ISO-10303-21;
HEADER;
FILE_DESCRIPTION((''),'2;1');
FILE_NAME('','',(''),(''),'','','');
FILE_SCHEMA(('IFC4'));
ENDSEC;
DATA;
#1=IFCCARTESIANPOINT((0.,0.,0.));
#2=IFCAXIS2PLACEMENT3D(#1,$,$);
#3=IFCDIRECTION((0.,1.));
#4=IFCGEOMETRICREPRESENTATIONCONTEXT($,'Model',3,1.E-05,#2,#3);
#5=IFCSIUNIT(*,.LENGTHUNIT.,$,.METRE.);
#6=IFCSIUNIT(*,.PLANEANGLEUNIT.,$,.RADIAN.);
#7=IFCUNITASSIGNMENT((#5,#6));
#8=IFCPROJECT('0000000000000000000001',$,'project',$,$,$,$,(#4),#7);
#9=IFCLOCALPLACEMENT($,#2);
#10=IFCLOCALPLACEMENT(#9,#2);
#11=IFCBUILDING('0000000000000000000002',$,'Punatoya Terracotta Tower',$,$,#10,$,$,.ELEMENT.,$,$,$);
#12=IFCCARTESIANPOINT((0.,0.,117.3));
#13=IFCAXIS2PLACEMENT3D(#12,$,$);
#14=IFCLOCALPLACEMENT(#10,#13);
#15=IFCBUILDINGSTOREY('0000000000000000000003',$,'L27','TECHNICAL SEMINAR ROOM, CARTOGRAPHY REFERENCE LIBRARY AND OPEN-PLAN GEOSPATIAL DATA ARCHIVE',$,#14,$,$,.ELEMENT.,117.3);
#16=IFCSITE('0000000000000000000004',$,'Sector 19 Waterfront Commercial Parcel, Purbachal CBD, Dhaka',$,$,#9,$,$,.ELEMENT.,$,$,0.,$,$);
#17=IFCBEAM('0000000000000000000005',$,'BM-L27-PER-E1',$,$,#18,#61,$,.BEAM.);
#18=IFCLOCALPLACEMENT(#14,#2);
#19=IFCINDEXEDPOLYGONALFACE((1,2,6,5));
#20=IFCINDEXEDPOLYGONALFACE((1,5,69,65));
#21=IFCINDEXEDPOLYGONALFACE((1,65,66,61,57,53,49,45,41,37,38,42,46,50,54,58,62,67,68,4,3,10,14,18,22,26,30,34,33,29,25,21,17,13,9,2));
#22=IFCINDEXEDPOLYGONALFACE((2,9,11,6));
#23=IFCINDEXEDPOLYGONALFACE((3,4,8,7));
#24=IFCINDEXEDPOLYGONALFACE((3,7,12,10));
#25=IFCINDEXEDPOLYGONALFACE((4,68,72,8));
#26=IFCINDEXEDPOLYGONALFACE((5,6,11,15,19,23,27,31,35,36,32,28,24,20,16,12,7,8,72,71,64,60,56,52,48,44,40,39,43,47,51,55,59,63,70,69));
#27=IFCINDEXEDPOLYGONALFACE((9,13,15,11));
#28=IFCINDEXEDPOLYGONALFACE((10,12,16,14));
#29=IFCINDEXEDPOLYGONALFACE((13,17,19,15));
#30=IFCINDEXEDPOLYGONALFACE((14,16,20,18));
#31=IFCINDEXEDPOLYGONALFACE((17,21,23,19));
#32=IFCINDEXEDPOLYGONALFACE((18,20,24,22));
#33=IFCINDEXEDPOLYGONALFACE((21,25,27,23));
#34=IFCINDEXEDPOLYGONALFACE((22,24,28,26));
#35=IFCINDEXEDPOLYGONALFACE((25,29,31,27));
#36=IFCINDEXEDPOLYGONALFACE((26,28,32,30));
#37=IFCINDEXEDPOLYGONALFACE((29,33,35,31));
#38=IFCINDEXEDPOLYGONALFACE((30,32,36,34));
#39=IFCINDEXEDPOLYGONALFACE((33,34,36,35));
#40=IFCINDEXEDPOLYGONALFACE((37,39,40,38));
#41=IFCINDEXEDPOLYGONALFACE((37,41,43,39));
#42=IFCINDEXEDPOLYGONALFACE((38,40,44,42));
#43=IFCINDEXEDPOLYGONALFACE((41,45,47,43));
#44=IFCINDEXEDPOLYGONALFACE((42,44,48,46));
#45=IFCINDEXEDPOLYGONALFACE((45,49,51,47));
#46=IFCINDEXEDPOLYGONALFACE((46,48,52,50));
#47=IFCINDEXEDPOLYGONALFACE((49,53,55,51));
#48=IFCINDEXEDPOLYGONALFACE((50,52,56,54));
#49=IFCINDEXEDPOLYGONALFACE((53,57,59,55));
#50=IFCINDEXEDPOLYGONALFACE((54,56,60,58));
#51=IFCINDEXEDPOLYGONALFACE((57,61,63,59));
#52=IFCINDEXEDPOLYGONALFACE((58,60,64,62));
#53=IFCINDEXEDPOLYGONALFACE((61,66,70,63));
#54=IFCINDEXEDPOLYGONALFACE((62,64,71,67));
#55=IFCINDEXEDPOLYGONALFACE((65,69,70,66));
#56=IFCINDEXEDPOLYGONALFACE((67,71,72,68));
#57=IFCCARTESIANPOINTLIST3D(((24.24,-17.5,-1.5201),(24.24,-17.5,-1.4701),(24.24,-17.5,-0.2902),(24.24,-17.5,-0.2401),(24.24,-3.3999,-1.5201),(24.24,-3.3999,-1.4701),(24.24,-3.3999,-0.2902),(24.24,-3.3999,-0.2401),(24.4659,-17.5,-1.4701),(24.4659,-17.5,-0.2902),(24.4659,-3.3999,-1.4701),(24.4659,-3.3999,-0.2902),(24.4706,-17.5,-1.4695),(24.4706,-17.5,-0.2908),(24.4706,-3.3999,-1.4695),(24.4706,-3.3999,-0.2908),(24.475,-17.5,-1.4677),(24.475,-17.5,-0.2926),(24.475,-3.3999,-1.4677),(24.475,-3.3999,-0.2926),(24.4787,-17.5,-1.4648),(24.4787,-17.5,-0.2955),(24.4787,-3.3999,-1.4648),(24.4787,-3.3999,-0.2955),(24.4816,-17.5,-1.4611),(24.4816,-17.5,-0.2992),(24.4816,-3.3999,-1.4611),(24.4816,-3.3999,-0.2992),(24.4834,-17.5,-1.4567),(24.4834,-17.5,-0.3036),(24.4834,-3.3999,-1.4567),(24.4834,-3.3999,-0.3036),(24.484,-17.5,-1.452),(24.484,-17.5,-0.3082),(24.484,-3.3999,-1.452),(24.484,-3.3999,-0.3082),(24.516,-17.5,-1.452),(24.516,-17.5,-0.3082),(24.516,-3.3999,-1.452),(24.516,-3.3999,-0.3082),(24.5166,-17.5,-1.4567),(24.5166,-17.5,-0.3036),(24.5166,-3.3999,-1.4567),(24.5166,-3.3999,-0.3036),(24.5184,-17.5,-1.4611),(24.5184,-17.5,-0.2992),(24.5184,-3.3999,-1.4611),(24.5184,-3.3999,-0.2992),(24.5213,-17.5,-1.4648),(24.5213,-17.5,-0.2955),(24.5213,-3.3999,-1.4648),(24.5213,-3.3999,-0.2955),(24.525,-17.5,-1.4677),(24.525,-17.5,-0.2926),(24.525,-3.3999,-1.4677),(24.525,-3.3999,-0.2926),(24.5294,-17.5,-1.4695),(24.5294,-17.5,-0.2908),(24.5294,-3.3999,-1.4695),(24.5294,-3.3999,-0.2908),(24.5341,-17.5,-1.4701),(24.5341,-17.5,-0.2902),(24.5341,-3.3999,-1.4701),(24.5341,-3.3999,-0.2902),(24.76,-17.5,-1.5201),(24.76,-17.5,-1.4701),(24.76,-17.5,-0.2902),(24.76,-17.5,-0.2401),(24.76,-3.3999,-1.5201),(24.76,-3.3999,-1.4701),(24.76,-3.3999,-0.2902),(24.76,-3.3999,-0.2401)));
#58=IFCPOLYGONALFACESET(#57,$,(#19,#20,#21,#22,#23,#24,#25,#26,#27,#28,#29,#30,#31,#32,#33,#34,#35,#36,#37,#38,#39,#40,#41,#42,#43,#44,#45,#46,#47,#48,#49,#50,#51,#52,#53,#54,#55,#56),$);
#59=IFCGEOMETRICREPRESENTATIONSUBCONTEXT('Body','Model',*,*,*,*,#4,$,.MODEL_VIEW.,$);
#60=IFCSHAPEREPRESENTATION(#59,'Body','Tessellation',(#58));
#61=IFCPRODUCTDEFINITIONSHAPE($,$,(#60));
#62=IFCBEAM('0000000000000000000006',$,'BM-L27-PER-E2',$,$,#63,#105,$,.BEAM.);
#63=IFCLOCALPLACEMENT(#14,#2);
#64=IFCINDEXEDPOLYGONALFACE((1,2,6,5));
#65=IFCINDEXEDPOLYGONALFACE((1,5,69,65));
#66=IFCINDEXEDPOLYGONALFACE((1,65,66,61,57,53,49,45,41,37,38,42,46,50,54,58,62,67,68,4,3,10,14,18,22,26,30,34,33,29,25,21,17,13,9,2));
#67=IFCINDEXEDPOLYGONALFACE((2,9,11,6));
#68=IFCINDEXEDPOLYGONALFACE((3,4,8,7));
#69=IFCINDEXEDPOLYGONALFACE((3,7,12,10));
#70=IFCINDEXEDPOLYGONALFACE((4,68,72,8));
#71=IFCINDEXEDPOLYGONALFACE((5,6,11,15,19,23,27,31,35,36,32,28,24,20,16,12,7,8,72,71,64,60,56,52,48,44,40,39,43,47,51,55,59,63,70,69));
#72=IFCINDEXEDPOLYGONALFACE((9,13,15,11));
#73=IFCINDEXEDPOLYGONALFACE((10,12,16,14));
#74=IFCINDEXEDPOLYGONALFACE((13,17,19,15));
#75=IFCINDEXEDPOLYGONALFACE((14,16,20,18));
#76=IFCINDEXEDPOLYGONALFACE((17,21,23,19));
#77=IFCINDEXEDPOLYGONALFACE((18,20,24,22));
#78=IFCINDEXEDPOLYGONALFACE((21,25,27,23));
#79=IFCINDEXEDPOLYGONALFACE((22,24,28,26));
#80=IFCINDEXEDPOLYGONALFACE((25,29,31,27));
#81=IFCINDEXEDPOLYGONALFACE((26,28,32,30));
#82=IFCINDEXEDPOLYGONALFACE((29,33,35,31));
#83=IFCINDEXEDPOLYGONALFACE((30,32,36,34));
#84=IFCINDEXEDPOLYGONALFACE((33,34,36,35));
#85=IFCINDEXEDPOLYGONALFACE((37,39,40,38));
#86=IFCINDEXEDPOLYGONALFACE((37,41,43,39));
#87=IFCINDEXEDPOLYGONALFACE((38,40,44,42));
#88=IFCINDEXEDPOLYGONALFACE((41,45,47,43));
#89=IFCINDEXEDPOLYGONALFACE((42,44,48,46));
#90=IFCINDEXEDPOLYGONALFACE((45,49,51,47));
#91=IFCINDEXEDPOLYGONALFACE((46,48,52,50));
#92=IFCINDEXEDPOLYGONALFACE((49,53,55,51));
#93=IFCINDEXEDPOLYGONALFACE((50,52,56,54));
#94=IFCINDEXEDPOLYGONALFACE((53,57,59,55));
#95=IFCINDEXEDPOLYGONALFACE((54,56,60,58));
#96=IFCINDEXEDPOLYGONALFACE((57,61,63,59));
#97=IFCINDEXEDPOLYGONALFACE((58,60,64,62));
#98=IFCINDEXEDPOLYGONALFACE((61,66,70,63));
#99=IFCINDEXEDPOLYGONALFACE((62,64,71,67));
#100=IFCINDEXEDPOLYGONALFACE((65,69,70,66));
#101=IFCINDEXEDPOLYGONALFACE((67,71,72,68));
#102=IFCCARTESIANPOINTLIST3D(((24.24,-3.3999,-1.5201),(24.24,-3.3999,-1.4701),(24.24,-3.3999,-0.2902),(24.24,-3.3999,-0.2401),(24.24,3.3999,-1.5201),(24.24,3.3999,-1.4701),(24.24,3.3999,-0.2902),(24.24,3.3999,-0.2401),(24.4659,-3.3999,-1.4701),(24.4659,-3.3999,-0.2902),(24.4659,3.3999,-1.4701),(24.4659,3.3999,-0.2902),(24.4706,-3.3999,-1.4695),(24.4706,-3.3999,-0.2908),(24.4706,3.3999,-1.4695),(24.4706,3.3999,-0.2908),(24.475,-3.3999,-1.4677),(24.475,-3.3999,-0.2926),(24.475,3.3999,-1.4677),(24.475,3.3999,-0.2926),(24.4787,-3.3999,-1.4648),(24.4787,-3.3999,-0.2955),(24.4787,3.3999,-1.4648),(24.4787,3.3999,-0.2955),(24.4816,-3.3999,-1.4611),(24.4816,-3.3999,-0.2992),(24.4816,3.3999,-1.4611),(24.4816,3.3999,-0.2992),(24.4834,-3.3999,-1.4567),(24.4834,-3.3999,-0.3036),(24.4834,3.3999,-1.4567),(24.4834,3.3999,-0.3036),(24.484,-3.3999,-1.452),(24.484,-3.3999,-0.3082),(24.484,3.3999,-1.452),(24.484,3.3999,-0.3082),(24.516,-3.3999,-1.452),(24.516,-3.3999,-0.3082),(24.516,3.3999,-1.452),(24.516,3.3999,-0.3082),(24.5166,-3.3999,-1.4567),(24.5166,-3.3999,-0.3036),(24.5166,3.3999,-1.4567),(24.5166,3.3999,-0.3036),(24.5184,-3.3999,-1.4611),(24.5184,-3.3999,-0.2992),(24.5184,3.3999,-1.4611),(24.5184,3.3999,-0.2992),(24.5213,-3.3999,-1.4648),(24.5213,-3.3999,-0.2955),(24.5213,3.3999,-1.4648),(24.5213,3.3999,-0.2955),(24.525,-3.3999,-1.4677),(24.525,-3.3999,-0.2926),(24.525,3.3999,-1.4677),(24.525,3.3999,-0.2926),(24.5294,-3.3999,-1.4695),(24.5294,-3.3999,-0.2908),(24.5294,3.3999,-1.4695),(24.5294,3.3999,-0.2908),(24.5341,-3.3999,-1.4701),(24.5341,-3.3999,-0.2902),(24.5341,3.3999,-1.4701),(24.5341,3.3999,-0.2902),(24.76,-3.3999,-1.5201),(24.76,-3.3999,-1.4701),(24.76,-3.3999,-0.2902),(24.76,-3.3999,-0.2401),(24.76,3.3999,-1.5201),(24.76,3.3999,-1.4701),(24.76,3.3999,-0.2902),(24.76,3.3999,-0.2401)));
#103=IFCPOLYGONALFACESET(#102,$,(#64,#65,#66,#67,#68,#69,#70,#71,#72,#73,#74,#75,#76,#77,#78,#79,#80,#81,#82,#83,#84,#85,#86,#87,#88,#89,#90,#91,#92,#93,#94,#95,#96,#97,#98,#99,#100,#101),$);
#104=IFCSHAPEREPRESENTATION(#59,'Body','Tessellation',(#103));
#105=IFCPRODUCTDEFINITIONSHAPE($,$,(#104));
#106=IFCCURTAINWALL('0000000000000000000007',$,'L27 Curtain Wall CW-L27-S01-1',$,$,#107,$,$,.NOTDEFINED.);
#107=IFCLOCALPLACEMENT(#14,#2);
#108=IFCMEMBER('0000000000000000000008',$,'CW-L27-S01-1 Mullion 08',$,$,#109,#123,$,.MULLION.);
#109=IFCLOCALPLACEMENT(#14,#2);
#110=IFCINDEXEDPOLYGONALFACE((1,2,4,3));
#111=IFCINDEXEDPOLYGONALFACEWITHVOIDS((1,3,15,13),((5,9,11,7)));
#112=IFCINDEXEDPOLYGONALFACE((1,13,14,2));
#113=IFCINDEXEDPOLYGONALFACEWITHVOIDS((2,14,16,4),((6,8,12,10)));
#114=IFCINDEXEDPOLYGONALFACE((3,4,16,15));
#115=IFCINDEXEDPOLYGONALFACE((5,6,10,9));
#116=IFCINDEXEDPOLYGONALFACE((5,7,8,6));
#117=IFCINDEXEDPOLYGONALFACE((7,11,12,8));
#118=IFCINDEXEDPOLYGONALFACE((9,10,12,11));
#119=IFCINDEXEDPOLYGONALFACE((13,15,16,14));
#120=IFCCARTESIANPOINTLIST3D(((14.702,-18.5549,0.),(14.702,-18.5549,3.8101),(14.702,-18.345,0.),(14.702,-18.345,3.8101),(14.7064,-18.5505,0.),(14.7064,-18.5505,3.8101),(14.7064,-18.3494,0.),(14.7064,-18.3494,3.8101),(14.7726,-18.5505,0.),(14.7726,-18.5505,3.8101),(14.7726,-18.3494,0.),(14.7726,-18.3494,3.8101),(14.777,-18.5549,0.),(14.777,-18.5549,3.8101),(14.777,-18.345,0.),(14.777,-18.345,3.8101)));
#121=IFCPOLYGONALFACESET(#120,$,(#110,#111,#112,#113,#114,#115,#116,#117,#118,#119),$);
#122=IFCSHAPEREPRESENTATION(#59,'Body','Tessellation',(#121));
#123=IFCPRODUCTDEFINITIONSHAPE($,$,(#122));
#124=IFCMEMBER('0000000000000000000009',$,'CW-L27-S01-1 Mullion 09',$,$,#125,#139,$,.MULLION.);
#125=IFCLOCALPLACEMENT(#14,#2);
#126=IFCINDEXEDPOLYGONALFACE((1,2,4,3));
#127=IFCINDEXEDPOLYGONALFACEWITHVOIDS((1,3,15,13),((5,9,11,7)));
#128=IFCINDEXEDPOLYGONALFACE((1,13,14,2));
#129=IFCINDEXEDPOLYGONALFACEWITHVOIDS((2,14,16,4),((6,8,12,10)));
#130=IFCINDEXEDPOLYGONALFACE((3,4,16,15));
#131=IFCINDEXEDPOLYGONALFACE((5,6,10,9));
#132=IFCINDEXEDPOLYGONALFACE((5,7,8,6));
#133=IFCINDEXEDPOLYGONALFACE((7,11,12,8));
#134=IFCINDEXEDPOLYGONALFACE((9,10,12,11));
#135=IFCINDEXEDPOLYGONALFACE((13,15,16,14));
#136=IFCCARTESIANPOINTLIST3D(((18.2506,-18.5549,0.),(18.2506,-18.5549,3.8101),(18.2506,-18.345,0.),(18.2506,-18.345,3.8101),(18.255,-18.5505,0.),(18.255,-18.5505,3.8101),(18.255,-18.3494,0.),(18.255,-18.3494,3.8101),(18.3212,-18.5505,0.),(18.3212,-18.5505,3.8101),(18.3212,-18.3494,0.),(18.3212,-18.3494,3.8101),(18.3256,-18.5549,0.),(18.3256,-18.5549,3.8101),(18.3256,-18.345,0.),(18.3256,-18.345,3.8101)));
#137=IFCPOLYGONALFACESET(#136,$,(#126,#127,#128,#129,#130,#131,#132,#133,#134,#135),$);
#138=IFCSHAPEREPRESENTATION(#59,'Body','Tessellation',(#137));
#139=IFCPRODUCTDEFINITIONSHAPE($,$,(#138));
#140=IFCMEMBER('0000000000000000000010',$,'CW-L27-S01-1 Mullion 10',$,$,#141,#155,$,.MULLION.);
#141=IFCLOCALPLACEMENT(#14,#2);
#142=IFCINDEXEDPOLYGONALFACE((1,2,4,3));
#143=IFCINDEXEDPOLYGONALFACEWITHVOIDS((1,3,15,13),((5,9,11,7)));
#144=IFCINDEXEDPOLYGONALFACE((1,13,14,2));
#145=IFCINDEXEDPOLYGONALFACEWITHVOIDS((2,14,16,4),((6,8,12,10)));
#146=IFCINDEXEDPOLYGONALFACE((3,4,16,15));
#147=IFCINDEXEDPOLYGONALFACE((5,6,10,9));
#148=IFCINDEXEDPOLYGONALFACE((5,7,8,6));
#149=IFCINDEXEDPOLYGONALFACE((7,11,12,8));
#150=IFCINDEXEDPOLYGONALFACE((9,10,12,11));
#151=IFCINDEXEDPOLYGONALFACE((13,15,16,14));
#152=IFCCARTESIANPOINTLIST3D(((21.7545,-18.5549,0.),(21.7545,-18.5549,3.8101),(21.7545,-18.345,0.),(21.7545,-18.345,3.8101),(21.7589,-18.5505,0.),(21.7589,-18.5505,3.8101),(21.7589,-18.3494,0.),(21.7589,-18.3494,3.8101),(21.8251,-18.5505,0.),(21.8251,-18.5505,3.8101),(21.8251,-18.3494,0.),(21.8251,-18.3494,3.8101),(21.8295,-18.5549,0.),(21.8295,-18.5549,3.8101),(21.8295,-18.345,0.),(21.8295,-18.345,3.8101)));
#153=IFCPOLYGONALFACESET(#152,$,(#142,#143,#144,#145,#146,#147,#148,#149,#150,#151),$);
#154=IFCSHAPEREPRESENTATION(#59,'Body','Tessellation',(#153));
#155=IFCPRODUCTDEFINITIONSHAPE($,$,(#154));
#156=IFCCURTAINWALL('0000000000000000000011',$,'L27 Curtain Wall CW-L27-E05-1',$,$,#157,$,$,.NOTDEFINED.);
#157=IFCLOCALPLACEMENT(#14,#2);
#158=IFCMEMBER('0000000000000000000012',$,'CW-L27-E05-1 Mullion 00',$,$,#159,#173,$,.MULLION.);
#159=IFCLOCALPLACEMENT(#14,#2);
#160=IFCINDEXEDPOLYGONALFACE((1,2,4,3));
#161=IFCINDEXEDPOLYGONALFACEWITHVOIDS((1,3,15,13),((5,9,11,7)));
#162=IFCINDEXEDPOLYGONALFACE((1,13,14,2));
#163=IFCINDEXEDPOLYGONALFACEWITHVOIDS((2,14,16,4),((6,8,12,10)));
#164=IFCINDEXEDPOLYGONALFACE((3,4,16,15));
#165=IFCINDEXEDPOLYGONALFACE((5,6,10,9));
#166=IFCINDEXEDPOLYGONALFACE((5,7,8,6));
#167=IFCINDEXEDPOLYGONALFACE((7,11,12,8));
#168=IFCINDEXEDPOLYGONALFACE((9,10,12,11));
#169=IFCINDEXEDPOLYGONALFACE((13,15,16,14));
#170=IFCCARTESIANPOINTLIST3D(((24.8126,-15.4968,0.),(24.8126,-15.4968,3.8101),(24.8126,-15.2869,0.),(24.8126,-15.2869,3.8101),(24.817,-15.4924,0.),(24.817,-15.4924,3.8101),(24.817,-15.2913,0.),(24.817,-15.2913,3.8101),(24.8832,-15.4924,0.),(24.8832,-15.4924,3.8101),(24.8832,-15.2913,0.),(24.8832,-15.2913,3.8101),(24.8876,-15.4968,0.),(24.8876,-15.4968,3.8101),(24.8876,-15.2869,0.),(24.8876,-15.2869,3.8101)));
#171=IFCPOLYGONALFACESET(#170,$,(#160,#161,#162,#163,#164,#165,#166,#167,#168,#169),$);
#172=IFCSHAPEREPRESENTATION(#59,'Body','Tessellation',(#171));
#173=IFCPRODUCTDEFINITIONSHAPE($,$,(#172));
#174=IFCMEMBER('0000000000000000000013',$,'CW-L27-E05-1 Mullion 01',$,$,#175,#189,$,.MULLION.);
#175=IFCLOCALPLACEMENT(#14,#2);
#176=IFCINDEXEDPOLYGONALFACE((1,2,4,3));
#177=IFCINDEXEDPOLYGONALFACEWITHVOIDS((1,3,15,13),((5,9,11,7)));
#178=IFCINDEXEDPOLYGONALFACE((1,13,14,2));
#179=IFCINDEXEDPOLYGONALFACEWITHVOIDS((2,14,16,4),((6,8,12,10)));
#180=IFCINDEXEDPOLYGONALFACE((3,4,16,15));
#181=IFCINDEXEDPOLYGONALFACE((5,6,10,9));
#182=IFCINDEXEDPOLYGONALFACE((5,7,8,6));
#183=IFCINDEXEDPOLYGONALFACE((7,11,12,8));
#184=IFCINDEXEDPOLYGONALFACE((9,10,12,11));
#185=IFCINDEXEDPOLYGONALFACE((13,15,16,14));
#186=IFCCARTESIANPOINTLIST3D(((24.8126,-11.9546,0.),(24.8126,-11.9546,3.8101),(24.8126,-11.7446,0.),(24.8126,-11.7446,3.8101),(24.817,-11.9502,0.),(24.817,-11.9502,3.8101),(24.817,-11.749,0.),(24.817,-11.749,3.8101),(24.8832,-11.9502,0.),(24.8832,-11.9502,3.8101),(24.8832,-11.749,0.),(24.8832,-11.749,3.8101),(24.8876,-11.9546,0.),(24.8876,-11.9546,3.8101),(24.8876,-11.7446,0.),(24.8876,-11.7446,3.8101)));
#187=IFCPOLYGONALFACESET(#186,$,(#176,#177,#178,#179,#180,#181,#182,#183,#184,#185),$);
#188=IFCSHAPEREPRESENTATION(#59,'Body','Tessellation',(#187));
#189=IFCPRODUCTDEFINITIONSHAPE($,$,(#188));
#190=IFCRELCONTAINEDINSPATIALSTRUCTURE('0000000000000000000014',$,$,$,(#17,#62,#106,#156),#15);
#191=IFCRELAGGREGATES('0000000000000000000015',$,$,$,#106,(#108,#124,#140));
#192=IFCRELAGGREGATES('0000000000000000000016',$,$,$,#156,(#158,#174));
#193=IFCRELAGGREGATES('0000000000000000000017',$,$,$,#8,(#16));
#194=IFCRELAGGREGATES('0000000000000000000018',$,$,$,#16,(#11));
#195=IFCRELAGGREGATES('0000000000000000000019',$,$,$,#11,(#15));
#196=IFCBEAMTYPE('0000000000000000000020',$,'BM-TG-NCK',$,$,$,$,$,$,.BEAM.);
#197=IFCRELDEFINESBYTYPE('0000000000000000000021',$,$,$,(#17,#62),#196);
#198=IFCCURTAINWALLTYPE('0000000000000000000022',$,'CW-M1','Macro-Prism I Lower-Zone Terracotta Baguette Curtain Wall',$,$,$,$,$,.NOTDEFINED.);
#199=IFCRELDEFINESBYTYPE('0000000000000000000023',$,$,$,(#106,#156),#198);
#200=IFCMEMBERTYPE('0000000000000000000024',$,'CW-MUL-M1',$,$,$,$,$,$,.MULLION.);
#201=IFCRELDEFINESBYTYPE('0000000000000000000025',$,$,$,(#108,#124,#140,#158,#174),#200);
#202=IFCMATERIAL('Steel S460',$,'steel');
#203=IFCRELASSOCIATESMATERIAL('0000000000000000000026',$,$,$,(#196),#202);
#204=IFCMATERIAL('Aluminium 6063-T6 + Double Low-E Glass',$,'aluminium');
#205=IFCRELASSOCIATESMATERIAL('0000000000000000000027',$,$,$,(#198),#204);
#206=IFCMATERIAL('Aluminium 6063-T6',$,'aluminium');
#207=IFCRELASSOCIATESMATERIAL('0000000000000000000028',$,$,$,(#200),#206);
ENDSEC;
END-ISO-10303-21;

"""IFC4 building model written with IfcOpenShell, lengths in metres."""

from ifc_helpers import new_model, si_unit, direction, frame, origin, origin_2d, place, context, subcontext, project, spatial, hollow_rectangle, i_section, extrude, material, material_profile, profile_set, type_object, element, aggregate, save


model = new_model("IFC4")

# Units and contexts
model_context = context("Model", 3, precision=1e-05, world=origin(), true_north=direction((0.0, 1.0)))
body_context = subcontext(model_context, "Body", "Model", "MODEL_VIEW")
ifc_project = project(units=[si_unit("LENGTHUNIT", "METRE"), si_unit("PLANEANGLEUNIT", "RADIAN")], contexts=[model_context])

# Site, building, storey
site_placement = place(None, origin())
site = spatial("IfcSite", under=ifc_project, at=site_placement, Name="Sector 19 Waterfront Commercial Parcel, Purbachal CBD, Dhaka", CompositionType="ELEMENT", RefElevation=0.0)
building_placement = place(site_placement, origin())
building = spatial("IfcBuilding", under=site, at=building_placement, Name="Punatoya Terracotta Tower", CompositionType="ELEMENT")
storey_placement = place(building_placement, frame((0.0, 0.0, 117.3)))
storey = spatial("IfcBuildingStorey", under=building, at=storey_placement, Name="L27", Description="TECHNICAL SEMINAR ROOM, CARTOGRAPHY REFERENCE LIBRARY AND OPEN-PLAN GEOSPATIAL DATA ARCHIVE", CompositionType="ELEMENT", Elevation=117.3)

# Shared definitions
ifc_material_1 = material(Name="Steel S460", Category="steel")

# Beams
ifc_material_profile_1 = material_profile(ifc_material_1, i_section(OverallWidth=0.52, OverallDepth=1.28, WebThickness=0.032, FlangeThickness=0.05, FilletRadius=0.0181, at=origin_2d()))
ifc_profile_set_1 = profile_set([ifc_material_profile_1], Name="Steel S460")
beam_type_1 = type_object("IfcBeamType", Name="BM-TG-NCK", PredefinedType="BEAM", material=ifc_profile_set_1)
beam_1_placement = place(storey_placement, frame((24.5, -17.5, -0.8801), z_axis=(0.0, 1.0, 0.0), x_axis=(-1.0, 0.0, 0.0)))
element("IfcBeam", 1, at=beam_1_placement, inside=storey, type_object=beam_type_1, Name="BM-L27-PER-E1", PredefinedType="BEAM", context=body_context, shape_type="SweptSolid", body=[
    extrude(i_section(OverallWidth=0.52, OverallDepth=1.28, WebThickness=0.032, FlangeThickness=0.05, FilletRadius=0.0181, at=origin_2d()), origin(), (0.0, 0.0, 1.0), 14.1001),
])
beam_2_placement = place(storey_placement, frame((24.5, -3.3999, -0.8801), z_axis=(0.0, 1.0, 0.0), x_axis=(-1.0, 0.0, 0.0)))
element("IfcBeam", 2, at=beam_2_placement, inside=storey, type_object=beam_type_1, Name="BM-L27-PER-E2", PredefinedType="BEAM", context=body_context, shape_type="SweptSolid", body=[
    extrude(i_section(OverallWidth=0.52, OverallDepth=1.28, WebThickness=0.032, FlangeThickness=0.05, FilletRadius=0.0181, at=origin_2d()), origin(), (0.0, 0.0, 1.0), 6.7998),
])

# Curtain walls, members
ifc_material_2 = material(Name="Aluminium 6063-T6 + Double Low-E Glass", Category="aluminium")
curtain_wall_type = type_object("IfcCurtainWallType", Name="CW-M1", Description="Macro-Prism I Lower-Zone Terracotta Baguette Curtain Wall", PredefinedType="NOTDEFINED", material=ifc_material_2)
curtain_wall_1_placement = place(storey_placement, origin())
curtain_wall_1 = element("IfcCurtainWall", 3, at=curtain_wall_1_placement, inside=storey, type_object=curtain_wall_type, Name="L27 Curtain Wall CW-L27-S01-1", PredefinedType="NOTDEFINED")
ifc_material_3 = material(Name="Aluminium 6063-T6", Category="aluminium")
ifc_material_profile_2 = material_profile(ifc_material_3, hollow_rectangle(XDim=0.075, YDim=0.21, WallThickness=0.0044, at=origin_2d()))
ifc_profile_set_2 = profile_set([ifc_material_profile_2], Name="Aluminium 6063-T6")
member_type_1 = type_object("IfcMemberType", Name="CW-MUL-M1", PredefinedType="MULLION", material=ifc_profile_set_2)
member_1_placement = place(storey_placement, frame((14.7395, -18.45, 0.0), z_axis=(0.0, 0.0, 1.0), x_axis=(1.0, 0.0, 0.0)))
member_1 = element("IfcMember", 4, at=member_1_placement, type_object=member_type_1, Name="CW-L27-S01-1 Mullion 08", PredefinedType="MULLION", context=body_context, shape_type="SweptSolid", body=[
    extrude(hollow_rectangle(XDim=0.075, YDim=0.21, WallThickness=0.0044, at=origin_2d()), origin(), (0.0, 0.0, 1.0), 3.8101),
])
member_2_placement = place(storey_placement, frame((18.2881, -18.45, 0.0), z_axis=(0.0, 0.0, 1.0), x_axis=(1.0, 0.0, 0.0)))
member_2 = element("IfcMember", 5, at=member_2_placement, type_object=member_type_1, Name="CW-L27-S01-1 Mullion 09", PredefinedType="MULLION", context=body_context, shape_type="SweptSolid", body=[
    extrude(hollow_rectangle(XDim=0.075, YDim=0.21, WallThickness=0.0044, at=origin_2d()), origin(), (0.0, 0.0, 1.0), 3.8101),
])
member_3_placement = place(storey_placement, frame((21.792, -18.45, 0.0), z_axis=(0.0, 0.0, 1.0), x_axis=(1.0, 0.0, 0.0)))
member_3 = element("IfcMember", 6, at=member_3_placement, type_object=member_type_1, Name="CW-L27-S01-1 Mullion 10", PredefinedType="MULLION", context=body_context, shape_type="SweptSolid", body=[
    extrude(hollow_rectangle(XDim=0.075, YDim=0.21, WallThickness=0.0044, at=origin_2d()), origin(), (0.0, 0.0, 1.0), 3.8101),
])
curtain_wall_2_placement = place(storey_placement, origin())
curtain_wall_2 = element("IfcCurtainWall", 7, at=curtain_wall_2_placement, inside=storey, type_object=curtain_wall_type, Name="L27 Curtain Wall CW-L27-E05-1", PredefinedType="NOTDEFINED")
member_4_placement = place(storey_placement, frame((24.8501, -15.3918, 0.0), z_axis=(0.0, 0.0, 1.0), x_axis=(1.0, 0.0, 0.0)))
member_4 = element("IfcMember", 8, at=member_4_placement, type_object=member_type_1, Name="CW-L27-E05-1 Mullion 00", PredefinedType="MULLION", context=body_context, shape_type="SweptSolid", body=[
    extrude(hollow_rectangle(XDim=0.075, YDim=0.21, WallThickness=0.0044, at=origin_2d()), origin(), (0.0, 0.0, 1.0), 3.8101),
])
member_5_placement = place(storey_placement, frame((24.8501, -11.8496, 0.0), z_axis=(0.0, 0.0, 1.0), x_axis=(1.0, 0.0, 0.0)))
member_5 = element("IfcMember", 9, at=member_5_placement, type_object=member_type_1, Name="CW-L27-E05-1 Mullion 01", PredefinedType="MULLION", context=body_context, shape_type="SweptSolid", body=[
    extrude(hollow_rectangle(XDim=0.075, YDim=0.21, WallThickness=0.0044, at=origin_2d()), origin(), (0.0, 0.0, 1.0), 3.8101),
])

aggregate(curtain_wall_1, [member_1, member_2, member_3])
aggregate(curtain_wall_2, [member_4, member_5])

save(model, "model.ifc")
